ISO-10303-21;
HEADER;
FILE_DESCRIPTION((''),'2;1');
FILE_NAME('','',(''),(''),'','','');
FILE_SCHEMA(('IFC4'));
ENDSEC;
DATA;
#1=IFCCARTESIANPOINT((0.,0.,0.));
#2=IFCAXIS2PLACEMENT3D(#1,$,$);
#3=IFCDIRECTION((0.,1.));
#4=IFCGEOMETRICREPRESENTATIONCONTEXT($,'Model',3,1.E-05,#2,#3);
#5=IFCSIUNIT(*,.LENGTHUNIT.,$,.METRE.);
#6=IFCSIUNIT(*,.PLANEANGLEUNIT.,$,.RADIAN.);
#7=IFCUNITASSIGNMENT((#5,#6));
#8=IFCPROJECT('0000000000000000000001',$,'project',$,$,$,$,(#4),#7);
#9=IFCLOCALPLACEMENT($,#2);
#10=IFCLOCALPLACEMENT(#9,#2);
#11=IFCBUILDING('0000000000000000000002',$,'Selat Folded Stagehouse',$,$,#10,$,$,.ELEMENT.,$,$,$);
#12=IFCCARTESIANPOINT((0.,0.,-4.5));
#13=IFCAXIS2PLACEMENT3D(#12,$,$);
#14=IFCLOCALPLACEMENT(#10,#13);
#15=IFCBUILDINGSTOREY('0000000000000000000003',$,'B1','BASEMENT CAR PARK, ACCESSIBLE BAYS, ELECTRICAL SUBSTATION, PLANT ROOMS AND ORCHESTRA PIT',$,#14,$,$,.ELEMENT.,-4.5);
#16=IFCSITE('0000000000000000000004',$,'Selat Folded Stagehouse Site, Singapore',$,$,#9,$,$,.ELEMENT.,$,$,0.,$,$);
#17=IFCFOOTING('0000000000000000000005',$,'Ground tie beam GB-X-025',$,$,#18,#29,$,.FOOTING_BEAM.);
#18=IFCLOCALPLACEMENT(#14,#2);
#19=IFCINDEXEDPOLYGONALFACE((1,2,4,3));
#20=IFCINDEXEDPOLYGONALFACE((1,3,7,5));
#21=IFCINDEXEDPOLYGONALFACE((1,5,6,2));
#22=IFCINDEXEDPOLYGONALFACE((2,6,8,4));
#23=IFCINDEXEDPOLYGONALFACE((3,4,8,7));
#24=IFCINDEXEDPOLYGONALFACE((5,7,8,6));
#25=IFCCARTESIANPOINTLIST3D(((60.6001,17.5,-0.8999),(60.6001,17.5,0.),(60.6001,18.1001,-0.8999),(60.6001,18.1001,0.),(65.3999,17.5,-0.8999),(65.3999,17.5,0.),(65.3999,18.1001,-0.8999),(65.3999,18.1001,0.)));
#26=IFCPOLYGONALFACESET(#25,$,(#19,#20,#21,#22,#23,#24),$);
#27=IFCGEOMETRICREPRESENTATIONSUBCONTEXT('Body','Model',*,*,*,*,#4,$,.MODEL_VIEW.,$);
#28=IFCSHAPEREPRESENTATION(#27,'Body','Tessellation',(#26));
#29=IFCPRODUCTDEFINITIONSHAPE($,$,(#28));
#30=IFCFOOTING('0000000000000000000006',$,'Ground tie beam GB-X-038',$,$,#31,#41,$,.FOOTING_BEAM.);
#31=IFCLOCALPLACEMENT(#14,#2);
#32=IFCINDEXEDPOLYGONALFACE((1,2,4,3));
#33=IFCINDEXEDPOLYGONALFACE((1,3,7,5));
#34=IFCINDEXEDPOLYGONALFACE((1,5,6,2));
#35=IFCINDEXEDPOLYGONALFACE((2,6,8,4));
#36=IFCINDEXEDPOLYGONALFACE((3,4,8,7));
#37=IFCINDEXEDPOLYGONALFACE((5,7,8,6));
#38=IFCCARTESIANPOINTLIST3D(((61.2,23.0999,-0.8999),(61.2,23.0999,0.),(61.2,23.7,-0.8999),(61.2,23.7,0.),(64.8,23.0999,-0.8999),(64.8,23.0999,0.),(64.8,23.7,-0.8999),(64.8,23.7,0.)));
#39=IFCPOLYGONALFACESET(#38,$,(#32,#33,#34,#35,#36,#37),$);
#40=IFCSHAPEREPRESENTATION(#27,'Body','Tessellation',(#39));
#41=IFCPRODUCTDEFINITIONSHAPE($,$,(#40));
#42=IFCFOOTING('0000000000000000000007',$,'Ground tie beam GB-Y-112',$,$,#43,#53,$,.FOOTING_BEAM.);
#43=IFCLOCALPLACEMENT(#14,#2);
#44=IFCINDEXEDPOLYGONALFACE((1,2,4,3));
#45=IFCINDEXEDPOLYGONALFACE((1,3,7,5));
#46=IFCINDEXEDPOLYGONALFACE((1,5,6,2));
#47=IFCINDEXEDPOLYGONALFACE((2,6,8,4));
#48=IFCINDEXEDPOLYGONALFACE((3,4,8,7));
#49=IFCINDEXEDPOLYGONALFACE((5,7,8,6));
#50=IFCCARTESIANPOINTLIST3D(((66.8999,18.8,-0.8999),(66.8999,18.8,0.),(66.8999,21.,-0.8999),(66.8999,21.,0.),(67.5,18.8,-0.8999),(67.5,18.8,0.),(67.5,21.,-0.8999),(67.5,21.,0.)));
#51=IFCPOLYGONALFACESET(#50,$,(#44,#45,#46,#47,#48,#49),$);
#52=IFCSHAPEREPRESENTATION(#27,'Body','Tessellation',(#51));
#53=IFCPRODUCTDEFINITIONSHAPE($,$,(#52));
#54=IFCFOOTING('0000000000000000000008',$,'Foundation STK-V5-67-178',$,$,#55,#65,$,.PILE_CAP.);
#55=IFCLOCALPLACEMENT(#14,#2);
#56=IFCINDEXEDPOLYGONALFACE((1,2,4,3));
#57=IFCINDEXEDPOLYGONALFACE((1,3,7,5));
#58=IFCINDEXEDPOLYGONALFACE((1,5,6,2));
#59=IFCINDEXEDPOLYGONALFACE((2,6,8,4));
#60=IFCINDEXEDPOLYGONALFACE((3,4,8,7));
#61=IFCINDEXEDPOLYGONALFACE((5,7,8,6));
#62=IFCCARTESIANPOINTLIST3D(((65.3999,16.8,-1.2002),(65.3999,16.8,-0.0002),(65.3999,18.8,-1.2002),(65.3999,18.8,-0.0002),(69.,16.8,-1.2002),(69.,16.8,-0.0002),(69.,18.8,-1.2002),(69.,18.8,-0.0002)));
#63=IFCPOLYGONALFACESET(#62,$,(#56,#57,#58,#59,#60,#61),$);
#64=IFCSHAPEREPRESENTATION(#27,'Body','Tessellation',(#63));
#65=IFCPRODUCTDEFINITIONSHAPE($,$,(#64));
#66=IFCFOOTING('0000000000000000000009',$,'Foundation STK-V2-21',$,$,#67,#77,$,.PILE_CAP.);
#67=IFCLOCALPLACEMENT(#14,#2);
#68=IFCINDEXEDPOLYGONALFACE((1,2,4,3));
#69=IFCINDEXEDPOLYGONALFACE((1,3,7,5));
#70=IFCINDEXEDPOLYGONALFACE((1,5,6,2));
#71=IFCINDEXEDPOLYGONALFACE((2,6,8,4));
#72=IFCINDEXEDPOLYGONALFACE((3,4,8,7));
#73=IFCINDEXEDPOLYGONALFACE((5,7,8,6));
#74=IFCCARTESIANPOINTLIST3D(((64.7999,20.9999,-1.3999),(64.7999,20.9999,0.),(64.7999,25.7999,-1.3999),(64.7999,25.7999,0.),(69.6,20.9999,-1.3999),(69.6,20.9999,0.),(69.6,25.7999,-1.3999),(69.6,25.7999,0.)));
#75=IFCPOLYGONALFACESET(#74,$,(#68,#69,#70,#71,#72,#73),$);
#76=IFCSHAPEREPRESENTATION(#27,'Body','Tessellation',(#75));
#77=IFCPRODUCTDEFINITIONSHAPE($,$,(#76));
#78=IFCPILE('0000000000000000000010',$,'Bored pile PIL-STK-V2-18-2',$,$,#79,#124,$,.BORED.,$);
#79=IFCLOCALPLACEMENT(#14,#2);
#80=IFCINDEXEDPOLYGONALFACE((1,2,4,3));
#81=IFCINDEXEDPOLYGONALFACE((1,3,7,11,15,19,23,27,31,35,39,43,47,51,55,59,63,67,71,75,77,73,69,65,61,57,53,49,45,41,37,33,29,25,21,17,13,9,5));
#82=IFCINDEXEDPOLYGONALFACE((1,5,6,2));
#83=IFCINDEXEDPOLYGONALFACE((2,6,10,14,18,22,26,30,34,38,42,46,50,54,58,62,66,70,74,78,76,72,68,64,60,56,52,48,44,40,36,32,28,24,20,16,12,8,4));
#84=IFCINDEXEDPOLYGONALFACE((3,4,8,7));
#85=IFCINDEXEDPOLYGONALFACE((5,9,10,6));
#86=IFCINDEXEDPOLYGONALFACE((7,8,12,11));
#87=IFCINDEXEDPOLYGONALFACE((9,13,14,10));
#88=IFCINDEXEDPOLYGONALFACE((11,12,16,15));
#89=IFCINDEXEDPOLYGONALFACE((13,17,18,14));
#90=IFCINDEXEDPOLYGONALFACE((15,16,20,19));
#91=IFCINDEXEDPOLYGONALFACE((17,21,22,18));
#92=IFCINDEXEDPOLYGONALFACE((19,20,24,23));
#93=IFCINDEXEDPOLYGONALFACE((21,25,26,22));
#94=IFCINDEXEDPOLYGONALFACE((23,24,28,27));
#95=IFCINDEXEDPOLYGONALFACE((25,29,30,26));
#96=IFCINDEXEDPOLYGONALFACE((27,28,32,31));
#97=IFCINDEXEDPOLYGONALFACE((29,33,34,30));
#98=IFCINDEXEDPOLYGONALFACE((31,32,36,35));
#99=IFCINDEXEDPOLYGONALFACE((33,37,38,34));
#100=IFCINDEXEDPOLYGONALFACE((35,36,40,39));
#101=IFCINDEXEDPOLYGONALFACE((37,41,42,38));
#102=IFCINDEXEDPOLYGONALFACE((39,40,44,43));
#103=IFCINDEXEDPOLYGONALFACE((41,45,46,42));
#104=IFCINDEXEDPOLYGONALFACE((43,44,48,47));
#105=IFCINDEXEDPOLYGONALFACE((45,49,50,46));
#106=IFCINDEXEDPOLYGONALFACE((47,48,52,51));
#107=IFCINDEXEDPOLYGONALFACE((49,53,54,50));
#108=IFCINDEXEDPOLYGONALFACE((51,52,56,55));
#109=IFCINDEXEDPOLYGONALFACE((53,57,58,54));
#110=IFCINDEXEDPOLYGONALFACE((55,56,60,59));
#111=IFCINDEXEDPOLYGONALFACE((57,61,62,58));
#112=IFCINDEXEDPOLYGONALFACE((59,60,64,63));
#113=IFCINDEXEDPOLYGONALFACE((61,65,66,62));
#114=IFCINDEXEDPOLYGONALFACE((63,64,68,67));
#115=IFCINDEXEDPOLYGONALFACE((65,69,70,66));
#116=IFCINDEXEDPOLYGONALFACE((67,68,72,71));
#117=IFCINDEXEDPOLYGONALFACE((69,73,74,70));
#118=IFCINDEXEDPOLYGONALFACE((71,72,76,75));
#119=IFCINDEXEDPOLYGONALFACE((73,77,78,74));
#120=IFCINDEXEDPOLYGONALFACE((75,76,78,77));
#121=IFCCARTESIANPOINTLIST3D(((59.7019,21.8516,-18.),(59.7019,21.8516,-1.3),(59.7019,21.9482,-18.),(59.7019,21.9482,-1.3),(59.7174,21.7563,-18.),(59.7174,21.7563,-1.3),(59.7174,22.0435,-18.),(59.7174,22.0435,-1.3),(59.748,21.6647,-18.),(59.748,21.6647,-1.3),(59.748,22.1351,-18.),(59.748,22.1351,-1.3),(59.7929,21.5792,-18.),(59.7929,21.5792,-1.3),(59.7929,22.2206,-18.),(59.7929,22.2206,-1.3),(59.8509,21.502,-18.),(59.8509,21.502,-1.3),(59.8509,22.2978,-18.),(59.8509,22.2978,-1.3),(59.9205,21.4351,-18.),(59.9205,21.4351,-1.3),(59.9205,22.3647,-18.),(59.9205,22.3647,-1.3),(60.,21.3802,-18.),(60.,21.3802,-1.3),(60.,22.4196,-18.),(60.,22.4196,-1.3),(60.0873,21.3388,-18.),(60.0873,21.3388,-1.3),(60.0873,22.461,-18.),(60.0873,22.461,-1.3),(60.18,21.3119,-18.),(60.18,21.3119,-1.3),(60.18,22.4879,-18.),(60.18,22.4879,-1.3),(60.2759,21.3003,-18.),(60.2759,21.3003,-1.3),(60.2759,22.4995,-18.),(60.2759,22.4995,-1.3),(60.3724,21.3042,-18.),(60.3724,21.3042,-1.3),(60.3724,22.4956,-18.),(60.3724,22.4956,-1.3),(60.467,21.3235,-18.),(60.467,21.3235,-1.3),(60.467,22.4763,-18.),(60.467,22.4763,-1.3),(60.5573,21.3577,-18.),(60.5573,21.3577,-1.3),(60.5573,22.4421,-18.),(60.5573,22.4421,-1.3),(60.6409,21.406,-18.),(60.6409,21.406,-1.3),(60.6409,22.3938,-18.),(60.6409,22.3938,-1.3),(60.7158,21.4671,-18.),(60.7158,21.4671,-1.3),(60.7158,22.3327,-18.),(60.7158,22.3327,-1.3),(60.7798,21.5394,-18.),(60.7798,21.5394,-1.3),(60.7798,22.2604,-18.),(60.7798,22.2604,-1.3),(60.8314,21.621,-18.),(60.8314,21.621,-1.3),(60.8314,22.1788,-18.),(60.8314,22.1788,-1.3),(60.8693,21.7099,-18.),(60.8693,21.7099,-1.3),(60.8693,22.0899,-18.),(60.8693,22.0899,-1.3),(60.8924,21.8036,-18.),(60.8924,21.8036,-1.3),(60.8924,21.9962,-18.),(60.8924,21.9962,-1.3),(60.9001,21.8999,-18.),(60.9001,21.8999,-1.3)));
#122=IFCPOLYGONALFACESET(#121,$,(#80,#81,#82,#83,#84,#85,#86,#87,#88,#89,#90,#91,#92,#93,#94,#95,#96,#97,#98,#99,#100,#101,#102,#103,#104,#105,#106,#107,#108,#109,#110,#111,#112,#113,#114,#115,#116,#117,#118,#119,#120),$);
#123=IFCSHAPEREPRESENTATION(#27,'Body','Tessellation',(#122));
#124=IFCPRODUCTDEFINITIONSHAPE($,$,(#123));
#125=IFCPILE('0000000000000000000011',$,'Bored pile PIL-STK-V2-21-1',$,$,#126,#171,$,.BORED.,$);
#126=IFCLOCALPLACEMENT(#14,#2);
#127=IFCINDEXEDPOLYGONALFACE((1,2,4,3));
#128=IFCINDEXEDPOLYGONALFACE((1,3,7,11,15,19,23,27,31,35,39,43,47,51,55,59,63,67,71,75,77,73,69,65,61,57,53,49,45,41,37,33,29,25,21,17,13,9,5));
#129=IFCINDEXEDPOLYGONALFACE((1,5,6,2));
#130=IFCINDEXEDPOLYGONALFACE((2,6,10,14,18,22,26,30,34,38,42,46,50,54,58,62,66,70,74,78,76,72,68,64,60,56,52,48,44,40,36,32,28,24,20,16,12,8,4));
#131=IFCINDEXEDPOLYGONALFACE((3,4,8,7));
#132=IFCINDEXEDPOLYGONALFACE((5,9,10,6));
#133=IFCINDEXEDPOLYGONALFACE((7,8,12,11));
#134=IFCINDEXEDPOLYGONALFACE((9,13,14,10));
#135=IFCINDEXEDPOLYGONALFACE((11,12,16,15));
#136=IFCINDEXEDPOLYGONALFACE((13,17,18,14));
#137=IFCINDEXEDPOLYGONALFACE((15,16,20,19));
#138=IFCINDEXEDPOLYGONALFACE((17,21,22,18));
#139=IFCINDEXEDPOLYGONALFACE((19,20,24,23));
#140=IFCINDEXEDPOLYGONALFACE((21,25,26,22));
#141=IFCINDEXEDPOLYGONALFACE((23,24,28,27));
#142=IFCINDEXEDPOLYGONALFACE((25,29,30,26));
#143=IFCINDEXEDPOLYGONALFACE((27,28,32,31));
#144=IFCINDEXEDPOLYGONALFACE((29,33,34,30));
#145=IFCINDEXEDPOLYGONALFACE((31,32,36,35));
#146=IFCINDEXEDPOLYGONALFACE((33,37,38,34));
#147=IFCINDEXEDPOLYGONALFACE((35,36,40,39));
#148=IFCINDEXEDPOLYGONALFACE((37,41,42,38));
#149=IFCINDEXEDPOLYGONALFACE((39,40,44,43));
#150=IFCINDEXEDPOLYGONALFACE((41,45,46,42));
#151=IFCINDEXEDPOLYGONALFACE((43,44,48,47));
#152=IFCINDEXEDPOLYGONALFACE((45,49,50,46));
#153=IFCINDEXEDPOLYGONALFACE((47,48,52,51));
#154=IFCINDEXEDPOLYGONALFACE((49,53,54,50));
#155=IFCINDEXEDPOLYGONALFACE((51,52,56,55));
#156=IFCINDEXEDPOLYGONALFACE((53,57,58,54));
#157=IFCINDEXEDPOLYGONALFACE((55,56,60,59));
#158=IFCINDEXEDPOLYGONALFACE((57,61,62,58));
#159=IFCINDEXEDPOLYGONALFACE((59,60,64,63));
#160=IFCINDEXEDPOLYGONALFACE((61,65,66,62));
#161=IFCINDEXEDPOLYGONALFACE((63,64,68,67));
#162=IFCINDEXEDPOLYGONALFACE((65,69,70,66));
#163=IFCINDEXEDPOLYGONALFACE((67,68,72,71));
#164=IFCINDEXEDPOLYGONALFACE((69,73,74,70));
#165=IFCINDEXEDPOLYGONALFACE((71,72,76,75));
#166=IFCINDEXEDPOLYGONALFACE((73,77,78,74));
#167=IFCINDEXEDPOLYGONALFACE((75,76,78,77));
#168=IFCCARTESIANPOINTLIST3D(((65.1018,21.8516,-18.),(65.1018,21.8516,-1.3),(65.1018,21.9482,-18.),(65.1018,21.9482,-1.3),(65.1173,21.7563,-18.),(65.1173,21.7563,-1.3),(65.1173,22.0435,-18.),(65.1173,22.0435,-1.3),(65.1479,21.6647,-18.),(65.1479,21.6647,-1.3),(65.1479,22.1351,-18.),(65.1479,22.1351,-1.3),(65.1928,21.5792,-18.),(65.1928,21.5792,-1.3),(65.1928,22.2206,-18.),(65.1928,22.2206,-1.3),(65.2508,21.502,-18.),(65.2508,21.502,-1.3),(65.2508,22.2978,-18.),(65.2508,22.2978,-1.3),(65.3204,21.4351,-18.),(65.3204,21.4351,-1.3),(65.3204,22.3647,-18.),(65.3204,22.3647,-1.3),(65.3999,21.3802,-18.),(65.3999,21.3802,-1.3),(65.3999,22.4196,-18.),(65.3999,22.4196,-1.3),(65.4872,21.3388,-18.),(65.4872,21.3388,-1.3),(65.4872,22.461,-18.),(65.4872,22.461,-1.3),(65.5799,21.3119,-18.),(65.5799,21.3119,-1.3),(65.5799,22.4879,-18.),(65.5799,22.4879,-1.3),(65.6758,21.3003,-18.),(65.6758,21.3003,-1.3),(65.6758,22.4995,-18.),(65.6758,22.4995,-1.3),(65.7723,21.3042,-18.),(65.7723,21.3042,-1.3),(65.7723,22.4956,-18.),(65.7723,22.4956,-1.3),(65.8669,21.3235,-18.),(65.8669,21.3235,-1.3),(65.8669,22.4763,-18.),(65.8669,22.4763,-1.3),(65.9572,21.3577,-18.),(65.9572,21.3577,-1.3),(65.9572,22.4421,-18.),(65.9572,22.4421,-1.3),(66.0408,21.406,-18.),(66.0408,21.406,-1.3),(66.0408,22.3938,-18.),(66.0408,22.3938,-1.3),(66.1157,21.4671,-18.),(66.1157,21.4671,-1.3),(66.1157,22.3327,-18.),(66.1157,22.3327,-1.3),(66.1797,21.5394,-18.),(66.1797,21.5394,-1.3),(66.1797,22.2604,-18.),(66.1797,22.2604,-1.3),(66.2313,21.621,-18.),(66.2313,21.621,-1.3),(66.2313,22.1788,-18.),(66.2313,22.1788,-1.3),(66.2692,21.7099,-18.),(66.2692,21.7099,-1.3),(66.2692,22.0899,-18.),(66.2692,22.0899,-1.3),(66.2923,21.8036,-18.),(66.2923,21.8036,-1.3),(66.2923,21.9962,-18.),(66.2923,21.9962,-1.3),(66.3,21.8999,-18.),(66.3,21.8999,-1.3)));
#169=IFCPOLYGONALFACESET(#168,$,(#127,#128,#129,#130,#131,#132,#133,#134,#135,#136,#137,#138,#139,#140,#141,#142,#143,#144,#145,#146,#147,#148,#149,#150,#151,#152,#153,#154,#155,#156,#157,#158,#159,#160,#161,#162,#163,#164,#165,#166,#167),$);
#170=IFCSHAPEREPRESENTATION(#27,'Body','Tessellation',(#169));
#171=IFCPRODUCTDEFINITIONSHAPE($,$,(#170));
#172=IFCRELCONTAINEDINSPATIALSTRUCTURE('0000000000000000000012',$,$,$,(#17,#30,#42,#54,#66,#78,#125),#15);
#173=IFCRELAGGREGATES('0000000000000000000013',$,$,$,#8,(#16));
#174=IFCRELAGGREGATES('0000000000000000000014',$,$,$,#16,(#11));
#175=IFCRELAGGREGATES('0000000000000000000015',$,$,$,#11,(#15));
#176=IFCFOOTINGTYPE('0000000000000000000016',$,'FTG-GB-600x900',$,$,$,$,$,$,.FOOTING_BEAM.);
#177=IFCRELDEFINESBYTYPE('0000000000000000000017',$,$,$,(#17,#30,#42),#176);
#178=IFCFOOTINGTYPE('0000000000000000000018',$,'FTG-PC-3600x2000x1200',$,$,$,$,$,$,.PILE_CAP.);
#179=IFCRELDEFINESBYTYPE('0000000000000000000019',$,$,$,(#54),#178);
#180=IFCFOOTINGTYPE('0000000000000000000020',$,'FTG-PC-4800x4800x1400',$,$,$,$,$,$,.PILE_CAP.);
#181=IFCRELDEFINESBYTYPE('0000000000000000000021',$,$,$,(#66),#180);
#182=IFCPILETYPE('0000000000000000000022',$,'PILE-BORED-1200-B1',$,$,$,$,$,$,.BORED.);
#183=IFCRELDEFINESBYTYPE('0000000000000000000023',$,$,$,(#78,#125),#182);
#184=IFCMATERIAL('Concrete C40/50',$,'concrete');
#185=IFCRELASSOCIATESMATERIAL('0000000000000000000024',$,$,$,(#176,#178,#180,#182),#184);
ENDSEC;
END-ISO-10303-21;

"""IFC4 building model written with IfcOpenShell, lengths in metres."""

from ifc_helpers import new_model, si_unit, direction, frame, origin, origin_2d, place, context, subcontext, project, spatial, rectangle, circle, extrude, material, material_profile, profile_set, type_object, element, save


model = new_model("IFC4")

# Units and contexts
model_context = context("Model", 3, precision=1e-05, world=origin(), true_north=direction((0.0, 1.0)))
body_context = subcontext(model_context, "Body", "Model", "MODEL_VIEW")
ifc_project = project(units=[si_unit("LENGTHUNIT", "METRE"), si_unit("PLANEANGLEUNIT", "RADIAN")], contexts=[model_context])

# Site, building, storey
site_placement = place(None, origin())
site = spatial("IfcSite", under=ifc_project, at=site_placement, Name="Selat Folded Stagehouse Site, Singapore", CompositionType="ELEMENT", RefElevation=0.0)
building_placement = place(site_placement, origin())
building = spatial("IfcBuilding", under=site, at=building_placement, Name="Selat Folded Stagehouse", CompositionType="ELEMENT")
storey_placement = place(building_placement, frame((0.0, 0.0, -4.5)))
storey = spatial("IfcBuildingStorey", under=building, at=storey_placement, Name="B1", Description="BASEMENT CAR PARK, ACCESSIBLE BAYS, ELECTRICAL SUBSTATION, PLANT ROOMS AND ORCHESTRA PIT", CompositionType="ELEMENT", Elevation=-4.5)

# Footings
ifc_material_1 = material(Name="Concrete C40/50", Category="concrete")
ifc_material_profile_1 = material_profile(ifc_material_1, rectangle(XDim=0.6001, YDim=0.8999, at=origin_2d()), Name="RC 900x600")
ifc_profile_set_1 = profile_set([ifc_material_profile_1], Name="Concrete C40/50")
footing_type_1 = type_object("IfcFootingType", Name="FTG-GB-600x900", PredefinedType="FOOTING_BEAM", material=ifc_profile_set_1)
footing_1_placement = place(storey_placement, frame((60.6001, 17.8, -0.45), z_axis=(1.0, 0.0, 0.0), x_axis=(0.0, 1.0, 0.0)))
element("IfcFooting", 1, at=footing_1_placement, inside=storey, type_object=footing_type_1, Name="Ground tie beam GB-X-025", PredefinedType="FOOTING_BEAM", context=body_context, shape_type="SweptSolid", body=[
    extrude(rectangle(XDim=0.6001, YDim=0.8999, at=origin_2d()), origin(), (0.0, 0.0, 1.0), 4.7998),
])
footing_2_placement = place(storey_placement, frame((61.2, 23.3999, -0.45), z_axis=(1.0, 0.0, 0.0), x_axis=(0.0, 1.0, 0.0)))
element("IfcFooting", 2, at=footing_2_placement, inside=storey, type_object=footing_type_1, Name="Ground tie beam GB-X-038", PredefinedType="FOOTING_BEAM", context=body_context, shape_type="SweptSolid", body=[
    extrude(rectangle(XDim=0.6001, YDim=0.8999, at=origin_2d()), origin(), (0.0, 0.0, 1.0), 3.6001),
])
footing_3_placement = place(storey_placement, frame((67.2, 18.8, -0.45), z_axis=(0.0, 1.0, 0.0), x_axis=(-1.0, 0.0, 0.0)))
element("IfcFooting", 3, at=footing_3_placement, inside=storey, type_object=footing_type_1, Name="Ground tie beam GB-Y-112", PredefinedType="FOOTING_BEAM", context=body_context, shape_type="SweptSolid", body=[
    extrude(rectangle(XDim=0.6001, YDim=0.8999, at=origin_2d()), origin(), (0.0, 0.0, 1.0), 2.2),
])
footing_type_2 = type_object("IfcFootingType", Name="FTG-PC-3600x2000x1200", PredefinedType="PILE_CAP", material=ifc_material_1)
footing_4_placement = place(storey_placement, frame((67.2, 17.8, -1.2002), z_axis=(0.0, 0.0, 1.0), x_axis=(1.0, 0.0, 0.0)))
element("IfcFooting", 4, at=footing_4_placement, inside=storey, type_object=footing_type_2, Name="Foundation STK-V5-67-178", PredefinedType="PILE_CAP", context=body_context, shape_type="SweptSolid", body=[
    extrude(rectangle(XDim=3.6001, YDim=2.0, at=origin_2d()), origin(), (0.0, 0.0, 1.0), 1.2),
])
footing_type_3 = type_object("IfcFootingType", Name="FTG-PC-4800x4800x1400", PredefinedType="PILE_CAP", material=ifc_material_1)
footing_5_placement = place(storey_placement, frame((67.2, 23.3999, -1.3999), z_axis=(0.0, 0.0, 1.0), x_axis=(1.0, 0.0, 0.0)))
element("IfcFooting", 5, at=footing_5_placement, inside=storey, type_object=footing_type_3, Name="Foundation STK-V2-21", PredefinedType="PILE_CAP", context=body_context, shape_type="SweptSolid", body=[
    extrude(rectangle(XDim=4.8, YDim=4.8, at=origin_2d()), origin(), (0.0, 0.0, 1.0), 1.3999),
])

# Piles
ifc_material_profile_2 = material_profile(ifc_material_1, circle(Radius=0.6001, at=origin_2d()), Name="PILE D1200")
ifc_profile_set_2 = profile_set([ifc_material_profile_2], Name="Concrete C40/50")
pile_type_1 = type_object("IfcPileType", Name="PILE-BORED-1200-B1", PredefinedType="BORED", material=ifc_profile_set_2)
for number, where, z_axis, x_axis, name in (
    (6, (60.3, 21.8999, -1.3), (0.0, 0.0, -1.0), (1.0, 0.0, 0.0), "Bored pile PIL-STK-V2-18-2"),
    (7, (65.7, 21.8999, -1.3), (0.0, 0.0, -1.0), (1.0, 0.0, 0.0), "Bored pile PIL-STK-V2-21-1"),
):
    element("IfcPile", number, at=place(storey_placement, frame(where, z_axis=z_axis, x_axis=x_axis)), inside=storey, type_object=pile_type_1, Name=name, PredefinedType="BORED", context=body_context, shape_type="SweptSolid", body=[
        extrude(circle(Radius=0.6001, at=origin_2d()), origin(), (0.0, 0.0, 1.0), 16.7),
    ])

save(model, "model.ifc")
